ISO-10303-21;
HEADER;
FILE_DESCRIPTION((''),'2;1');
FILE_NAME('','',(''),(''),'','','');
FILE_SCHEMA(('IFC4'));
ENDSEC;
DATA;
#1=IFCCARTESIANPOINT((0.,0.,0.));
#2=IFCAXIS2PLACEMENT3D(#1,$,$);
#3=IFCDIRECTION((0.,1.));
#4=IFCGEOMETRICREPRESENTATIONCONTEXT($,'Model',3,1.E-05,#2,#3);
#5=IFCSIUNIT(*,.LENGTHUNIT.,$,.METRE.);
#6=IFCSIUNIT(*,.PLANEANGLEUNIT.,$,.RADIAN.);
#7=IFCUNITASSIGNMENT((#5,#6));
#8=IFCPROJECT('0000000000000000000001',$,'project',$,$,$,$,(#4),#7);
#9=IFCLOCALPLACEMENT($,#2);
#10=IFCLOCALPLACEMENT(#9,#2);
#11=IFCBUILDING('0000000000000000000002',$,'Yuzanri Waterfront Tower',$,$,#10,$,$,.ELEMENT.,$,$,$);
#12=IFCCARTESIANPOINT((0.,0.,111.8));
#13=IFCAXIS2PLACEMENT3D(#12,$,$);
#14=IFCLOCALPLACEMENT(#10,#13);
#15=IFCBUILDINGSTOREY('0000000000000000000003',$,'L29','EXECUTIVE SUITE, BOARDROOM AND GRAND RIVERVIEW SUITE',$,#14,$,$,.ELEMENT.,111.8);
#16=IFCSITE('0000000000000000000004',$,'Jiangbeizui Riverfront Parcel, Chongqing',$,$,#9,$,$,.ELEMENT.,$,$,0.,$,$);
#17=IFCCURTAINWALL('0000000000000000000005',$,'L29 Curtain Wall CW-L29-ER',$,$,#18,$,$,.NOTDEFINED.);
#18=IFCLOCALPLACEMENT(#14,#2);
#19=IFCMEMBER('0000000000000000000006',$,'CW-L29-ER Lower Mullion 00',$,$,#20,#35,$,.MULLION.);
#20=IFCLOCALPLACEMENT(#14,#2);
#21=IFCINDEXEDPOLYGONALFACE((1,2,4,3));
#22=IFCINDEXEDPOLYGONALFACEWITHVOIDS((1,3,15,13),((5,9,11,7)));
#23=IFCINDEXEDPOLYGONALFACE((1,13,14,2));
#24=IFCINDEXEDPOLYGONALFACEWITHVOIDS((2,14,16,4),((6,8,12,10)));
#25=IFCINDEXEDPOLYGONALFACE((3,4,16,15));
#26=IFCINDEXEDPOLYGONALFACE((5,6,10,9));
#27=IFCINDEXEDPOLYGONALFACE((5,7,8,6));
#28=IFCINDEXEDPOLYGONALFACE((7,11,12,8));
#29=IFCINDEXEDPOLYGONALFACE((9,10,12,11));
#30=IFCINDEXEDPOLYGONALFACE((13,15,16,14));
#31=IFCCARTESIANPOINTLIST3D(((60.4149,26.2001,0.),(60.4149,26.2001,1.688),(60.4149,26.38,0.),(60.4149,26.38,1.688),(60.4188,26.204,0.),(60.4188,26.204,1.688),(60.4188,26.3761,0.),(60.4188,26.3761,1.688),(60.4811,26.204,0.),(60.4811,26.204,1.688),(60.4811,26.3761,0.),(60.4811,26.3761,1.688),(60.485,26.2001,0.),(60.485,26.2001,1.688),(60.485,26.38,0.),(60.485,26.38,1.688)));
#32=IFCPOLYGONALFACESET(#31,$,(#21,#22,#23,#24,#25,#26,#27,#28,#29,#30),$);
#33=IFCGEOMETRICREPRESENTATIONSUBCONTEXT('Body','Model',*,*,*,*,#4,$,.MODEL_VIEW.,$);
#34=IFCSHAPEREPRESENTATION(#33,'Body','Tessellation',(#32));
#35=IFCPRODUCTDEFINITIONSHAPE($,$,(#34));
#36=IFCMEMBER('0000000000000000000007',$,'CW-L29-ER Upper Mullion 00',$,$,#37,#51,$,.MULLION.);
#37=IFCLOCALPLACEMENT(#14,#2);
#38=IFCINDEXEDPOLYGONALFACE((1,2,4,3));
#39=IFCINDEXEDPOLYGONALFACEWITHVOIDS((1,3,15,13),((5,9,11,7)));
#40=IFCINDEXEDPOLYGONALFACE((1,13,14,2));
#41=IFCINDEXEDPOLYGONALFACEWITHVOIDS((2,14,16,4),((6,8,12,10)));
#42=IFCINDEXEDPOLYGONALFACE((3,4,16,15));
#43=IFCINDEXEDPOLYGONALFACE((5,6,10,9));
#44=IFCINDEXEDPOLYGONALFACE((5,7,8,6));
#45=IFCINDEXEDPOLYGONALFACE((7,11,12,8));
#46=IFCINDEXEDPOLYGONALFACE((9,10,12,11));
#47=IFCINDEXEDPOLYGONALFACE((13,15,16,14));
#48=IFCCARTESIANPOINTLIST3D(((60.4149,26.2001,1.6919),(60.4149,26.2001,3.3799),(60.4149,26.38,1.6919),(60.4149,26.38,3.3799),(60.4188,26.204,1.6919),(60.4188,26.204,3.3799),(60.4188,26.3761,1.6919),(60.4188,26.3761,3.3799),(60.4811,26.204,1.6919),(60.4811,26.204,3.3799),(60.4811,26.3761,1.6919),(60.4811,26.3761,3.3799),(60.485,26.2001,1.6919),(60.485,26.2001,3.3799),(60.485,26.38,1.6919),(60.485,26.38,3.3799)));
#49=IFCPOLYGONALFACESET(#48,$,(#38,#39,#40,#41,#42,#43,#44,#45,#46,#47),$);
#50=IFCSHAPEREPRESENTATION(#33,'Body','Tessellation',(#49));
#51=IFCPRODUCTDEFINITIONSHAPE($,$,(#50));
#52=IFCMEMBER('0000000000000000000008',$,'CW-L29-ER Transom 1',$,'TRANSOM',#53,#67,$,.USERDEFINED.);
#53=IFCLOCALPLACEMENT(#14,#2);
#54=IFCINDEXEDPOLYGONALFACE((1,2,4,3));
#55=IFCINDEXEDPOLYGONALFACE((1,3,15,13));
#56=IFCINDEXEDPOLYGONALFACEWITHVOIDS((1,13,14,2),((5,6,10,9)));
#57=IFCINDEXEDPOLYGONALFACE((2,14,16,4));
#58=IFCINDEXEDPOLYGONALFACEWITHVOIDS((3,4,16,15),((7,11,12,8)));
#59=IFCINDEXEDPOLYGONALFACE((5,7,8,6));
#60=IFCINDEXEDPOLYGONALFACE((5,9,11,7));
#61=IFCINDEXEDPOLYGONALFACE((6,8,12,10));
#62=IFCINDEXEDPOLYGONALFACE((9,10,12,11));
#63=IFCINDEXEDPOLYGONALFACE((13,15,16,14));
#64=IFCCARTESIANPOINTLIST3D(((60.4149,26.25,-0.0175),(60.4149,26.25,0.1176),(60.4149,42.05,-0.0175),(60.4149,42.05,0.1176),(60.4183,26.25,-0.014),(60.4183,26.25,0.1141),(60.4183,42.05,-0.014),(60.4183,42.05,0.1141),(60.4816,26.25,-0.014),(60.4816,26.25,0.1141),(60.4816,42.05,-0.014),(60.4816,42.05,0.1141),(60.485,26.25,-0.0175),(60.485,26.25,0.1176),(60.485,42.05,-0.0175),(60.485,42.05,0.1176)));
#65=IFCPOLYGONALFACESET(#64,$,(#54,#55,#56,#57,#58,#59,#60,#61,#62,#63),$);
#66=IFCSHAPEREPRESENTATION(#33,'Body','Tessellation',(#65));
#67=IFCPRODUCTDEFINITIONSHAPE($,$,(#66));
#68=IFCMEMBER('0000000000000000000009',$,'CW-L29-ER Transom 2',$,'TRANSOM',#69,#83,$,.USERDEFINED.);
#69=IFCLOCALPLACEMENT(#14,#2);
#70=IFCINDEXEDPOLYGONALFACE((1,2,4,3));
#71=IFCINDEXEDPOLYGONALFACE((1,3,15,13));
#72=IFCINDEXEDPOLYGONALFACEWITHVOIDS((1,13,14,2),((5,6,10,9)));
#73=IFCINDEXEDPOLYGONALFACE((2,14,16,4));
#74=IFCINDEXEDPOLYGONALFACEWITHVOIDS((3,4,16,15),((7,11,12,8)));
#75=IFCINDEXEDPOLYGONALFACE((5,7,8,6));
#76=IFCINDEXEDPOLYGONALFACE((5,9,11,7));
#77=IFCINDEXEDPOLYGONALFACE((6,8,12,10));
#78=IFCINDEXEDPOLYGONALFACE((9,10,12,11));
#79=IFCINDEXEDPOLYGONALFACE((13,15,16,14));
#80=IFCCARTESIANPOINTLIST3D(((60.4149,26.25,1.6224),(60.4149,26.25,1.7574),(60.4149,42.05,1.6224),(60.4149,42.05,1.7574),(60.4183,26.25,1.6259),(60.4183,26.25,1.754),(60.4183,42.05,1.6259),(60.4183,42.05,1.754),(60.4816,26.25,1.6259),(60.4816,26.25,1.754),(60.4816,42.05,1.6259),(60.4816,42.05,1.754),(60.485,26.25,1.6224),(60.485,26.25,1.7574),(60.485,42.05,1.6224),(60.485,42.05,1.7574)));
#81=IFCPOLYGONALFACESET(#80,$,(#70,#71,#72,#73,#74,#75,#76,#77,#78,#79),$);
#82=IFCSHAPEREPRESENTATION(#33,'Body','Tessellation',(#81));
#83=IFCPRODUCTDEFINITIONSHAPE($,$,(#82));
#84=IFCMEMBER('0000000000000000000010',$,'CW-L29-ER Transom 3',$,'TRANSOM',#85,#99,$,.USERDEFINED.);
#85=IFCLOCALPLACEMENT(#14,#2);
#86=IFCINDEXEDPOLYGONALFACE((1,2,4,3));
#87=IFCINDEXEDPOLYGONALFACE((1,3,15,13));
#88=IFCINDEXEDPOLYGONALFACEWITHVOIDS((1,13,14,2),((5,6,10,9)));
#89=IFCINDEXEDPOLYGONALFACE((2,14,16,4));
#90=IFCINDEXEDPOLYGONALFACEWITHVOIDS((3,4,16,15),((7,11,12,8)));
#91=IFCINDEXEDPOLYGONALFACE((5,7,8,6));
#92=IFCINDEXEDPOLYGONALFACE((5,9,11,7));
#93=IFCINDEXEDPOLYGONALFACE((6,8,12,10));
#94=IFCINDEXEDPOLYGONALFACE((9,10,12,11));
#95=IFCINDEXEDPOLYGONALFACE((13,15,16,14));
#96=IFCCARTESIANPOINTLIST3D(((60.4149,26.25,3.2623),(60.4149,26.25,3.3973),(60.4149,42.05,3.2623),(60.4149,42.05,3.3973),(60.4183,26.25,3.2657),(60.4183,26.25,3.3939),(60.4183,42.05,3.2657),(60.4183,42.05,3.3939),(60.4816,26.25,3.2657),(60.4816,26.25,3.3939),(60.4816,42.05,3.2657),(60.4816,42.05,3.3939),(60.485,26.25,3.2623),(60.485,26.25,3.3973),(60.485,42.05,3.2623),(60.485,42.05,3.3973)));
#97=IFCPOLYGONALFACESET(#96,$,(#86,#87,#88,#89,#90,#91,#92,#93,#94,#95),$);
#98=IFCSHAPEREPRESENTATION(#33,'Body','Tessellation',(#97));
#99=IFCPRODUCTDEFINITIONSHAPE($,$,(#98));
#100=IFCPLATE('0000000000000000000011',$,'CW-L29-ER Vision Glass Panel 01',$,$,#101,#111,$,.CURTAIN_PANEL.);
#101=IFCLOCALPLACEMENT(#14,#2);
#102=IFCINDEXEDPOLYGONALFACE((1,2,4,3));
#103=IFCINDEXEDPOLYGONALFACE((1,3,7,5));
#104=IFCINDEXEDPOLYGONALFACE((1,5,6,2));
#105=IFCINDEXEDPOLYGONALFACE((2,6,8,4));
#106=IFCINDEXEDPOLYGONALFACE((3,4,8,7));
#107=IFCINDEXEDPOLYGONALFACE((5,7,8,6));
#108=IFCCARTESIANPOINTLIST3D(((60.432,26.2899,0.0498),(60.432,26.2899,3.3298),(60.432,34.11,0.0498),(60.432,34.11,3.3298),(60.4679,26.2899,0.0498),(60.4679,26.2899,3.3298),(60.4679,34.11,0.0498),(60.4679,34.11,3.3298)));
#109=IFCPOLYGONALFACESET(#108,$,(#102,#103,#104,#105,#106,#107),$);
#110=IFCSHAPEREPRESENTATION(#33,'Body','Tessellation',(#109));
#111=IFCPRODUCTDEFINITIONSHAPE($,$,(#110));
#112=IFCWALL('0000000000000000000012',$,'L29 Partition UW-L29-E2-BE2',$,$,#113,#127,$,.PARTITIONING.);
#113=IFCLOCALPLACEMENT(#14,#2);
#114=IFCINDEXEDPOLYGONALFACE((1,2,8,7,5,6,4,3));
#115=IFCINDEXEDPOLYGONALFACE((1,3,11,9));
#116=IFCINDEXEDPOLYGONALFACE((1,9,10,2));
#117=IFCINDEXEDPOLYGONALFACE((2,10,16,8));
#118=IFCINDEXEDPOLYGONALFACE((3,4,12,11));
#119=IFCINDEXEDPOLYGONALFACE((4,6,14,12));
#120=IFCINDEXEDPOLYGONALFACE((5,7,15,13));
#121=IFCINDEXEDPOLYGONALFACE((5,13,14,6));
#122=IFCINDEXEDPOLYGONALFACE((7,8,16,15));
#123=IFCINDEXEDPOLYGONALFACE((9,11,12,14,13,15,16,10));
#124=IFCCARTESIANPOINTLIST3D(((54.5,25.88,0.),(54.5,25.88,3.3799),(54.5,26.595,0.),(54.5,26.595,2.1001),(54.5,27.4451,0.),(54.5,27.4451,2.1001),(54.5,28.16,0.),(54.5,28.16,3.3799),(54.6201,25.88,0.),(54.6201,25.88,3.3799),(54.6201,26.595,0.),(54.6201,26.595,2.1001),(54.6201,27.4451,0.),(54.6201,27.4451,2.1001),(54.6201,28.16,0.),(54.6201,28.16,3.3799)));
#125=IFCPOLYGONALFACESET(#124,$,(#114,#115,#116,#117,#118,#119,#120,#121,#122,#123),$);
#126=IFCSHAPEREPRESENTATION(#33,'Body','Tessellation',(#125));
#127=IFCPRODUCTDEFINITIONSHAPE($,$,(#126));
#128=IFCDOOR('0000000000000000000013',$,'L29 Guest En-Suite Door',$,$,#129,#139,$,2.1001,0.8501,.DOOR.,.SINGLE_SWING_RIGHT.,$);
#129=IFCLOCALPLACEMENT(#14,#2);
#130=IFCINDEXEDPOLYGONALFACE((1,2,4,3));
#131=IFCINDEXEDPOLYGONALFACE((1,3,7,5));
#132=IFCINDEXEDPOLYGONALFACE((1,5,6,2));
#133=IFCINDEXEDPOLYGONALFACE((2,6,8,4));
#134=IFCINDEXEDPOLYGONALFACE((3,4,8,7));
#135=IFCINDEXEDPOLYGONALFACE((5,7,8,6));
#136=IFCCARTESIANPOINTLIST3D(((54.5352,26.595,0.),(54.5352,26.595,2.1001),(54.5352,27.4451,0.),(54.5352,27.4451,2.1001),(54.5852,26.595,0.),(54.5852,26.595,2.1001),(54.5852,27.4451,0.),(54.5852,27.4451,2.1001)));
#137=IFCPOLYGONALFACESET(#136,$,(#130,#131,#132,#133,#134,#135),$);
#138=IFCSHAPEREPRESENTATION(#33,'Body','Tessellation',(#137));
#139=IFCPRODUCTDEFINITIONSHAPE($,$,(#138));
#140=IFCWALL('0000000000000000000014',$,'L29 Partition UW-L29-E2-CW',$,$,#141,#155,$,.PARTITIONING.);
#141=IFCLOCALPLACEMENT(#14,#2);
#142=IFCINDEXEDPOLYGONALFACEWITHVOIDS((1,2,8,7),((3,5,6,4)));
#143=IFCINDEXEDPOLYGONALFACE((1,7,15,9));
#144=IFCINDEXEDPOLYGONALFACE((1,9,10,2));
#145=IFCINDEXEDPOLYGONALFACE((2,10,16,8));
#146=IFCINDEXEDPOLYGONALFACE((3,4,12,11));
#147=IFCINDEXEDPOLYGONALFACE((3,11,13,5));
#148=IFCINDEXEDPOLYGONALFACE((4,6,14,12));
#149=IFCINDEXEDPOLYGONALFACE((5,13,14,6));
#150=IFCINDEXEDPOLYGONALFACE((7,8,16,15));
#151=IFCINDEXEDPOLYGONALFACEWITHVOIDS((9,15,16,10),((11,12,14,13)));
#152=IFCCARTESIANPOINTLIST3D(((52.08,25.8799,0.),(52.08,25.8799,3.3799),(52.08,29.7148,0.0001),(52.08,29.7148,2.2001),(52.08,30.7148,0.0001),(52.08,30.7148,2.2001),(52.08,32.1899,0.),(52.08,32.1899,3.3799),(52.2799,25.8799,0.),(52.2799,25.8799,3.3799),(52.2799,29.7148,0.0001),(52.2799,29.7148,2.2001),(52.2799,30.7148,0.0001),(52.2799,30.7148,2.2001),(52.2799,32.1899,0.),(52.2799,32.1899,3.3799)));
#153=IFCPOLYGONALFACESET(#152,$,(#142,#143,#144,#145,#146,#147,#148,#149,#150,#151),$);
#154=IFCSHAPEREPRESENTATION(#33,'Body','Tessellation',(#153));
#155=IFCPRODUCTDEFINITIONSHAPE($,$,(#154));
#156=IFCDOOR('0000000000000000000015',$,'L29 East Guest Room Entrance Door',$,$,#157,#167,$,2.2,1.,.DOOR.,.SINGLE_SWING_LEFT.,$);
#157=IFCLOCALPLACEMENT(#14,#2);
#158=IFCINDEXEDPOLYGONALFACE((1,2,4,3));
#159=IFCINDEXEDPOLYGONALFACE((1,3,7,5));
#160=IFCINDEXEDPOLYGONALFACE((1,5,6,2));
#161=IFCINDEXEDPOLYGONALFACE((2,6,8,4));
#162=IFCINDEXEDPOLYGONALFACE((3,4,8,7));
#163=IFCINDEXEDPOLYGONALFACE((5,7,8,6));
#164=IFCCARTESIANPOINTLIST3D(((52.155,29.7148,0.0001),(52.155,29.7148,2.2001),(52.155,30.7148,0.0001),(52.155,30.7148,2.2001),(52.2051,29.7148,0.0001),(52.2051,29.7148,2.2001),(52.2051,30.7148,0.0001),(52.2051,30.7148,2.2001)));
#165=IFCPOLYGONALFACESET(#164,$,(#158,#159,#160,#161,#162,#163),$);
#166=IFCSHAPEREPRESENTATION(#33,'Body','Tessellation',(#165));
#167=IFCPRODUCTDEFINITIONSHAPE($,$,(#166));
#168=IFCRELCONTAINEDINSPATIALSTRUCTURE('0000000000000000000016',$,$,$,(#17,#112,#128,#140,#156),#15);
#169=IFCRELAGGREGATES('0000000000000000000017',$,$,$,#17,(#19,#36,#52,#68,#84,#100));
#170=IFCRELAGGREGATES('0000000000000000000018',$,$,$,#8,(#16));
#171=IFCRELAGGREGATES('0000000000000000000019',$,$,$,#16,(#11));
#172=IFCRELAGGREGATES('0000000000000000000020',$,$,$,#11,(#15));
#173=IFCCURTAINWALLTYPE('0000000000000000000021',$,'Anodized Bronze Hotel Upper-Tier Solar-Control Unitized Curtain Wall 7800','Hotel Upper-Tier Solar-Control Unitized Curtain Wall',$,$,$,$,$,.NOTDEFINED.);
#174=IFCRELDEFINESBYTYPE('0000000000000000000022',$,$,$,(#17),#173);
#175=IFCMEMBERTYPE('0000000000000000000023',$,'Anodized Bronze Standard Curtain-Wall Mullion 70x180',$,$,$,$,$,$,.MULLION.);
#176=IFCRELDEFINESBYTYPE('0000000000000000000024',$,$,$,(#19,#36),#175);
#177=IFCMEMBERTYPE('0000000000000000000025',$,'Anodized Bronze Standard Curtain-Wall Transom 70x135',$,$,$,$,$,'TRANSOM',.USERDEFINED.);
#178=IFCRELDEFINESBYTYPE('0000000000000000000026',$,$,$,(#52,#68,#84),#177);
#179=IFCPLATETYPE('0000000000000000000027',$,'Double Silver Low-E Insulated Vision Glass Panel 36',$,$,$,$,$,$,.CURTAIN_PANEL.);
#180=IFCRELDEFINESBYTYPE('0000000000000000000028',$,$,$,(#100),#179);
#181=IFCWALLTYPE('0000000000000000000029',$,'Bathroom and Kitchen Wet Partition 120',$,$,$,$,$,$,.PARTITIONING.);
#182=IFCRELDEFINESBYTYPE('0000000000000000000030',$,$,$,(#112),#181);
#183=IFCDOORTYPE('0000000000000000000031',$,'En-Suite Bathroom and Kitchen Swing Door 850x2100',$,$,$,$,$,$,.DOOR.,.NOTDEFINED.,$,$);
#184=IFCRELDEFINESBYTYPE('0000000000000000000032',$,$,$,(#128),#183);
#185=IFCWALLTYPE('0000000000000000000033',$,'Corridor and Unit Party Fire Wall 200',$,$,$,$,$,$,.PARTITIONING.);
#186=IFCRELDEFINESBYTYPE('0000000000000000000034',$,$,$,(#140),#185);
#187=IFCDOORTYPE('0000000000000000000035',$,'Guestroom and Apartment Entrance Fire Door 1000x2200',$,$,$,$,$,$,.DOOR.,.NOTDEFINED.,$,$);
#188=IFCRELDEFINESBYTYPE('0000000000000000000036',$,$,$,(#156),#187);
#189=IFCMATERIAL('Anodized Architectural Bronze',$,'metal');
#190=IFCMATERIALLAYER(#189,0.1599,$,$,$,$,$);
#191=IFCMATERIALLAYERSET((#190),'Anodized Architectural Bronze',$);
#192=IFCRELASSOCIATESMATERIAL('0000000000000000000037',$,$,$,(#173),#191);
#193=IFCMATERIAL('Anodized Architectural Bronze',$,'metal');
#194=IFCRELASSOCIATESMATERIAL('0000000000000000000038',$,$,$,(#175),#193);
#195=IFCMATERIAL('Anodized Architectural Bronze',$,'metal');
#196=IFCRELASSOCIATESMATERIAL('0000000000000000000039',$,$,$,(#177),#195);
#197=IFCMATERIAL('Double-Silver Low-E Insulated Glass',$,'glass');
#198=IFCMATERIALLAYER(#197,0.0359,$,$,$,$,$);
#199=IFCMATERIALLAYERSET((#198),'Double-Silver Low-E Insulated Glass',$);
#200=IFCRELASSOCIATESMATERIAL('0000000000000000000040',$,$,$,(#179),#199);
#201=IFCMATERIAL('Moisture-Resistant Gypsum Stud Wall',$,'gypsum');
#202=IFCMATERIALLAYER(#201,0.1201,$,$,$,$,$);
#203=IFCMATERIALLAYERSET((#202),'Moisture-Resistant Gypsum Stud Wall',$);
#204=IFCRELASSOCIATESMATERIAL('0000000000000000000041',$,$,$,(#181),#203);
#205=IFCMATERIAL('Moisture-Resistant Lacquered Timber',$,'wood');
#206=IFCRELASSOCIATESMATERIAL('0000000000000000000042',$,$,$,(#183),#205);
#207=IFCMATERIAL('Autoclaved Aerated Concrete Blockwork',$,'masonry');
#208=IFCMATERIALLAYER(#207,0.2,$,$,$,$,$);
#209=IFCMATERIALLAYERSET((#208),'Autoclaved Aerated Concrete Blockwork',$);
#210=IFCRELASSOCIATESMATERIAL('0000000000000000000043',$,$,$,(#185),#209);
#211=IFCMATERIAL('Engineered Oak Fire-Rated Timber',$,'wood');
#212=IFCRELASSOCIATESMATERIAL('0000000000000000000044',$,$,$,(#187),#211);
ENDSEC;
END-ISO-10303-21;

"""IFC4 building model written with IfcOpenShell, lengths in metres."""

from ifc_helpers import new_model, si_unit, direction, frame, frame_2d, origin, origin_2d, place, context, subcontext, project, spatial, rectangle, hollow_rectangle, extrude, source, transform, mapped, material, layer, layer_set, material_profile, profile_set, type_object, element, fill, aggregate, save


model = new_model("IFC4")

# Units and contexts
model_context = context("Model", 3, precision=1e-05, world=origin(), true_north=direction((0.0, 1.0)))
body_context = subcontext(model_context, "Body", "Model", "MODEL_VIEW")
ifc_project = project(units=[si_unit("LENGTHUNIT", "METRE"), si_unit("PLANEANGLEUNIT", "RADIAN")], contexts=[model_context])

# Site, building, storey
site_placement = place(None, origin())
site = spatial("IfcSite", under=ifc_project, at=site_placement, Name="Jiangbeizui Riverfront Parcel, Chongqing", CompositionType="ELEMENT", RefElevation=0.0)
building_placement = place(site_placement, origin())
building = spatial("IfcBuilding", under=site, at=building_placement, Name="Yuzanri Waterfront Tower", CompositionType="ELEMENT")
storey_placement = place(building_placement, frame((0.0, 0.0, 111.8)))
storey = spatial("IfcBuildingStorey", under=building, at=storey_placement, Name="L29", Description="EXECUTIVE SUITE, BOARDROOM AND GRAND RIVERVIEW SUITE", CompositionType="ELEMENT", Elevation=111.8)

# Curtain wall, members, plate
ifc_material_1 = material(Name="Anodized Architectural Bronze", Category="metal")
ifc_layer_1 = layer(ifc_material_1, 0.1599)
ifc_layer_set_1 = layer_set([ifc_layer_1], Name="Anodized Architectural Bronze")
curtain_wall_type = type_object("IfcCurtainWallType", Name="Anodized Bronze Hotel Upper-Tier Solar-Control Unitized Curtain Wall 7800", Description="Hotel Upper-Tier Solar-Control Unitized Curtain Wall", PredefinedType="NOTDEFINED", material=ifc_layer_set_1)
curtain_wall_placement = place(storey_placement, origin())
curtain_wall = element("IfcCurtainWall", 1, at=curtain_wall_placement, inside=storey, type_object=curtain_wall_type, Name="L29 Curtain Wall CW-L29-ER", PredefinedType="NOTDEFINED")
ifc_material_2 = material(Name="Anodized Architectural Bronze", Category="metal")
ifc_material_profile_1 = material_profile(ifc_material_2, hollow_rectangle(XDim=0.0701, YDim=0.1799, WallThickness=0.0039, at=origin_2d()), Name="CWM 70x180")
ifc_profile_set_1 = profile_set([ifc_material_profile_1], Name="Anodized Architectural Bronze")
member_type_1 = type_object("IfcMemberType", Name="Anodized Bronze Standard Curtain-Wall Mullion 70x180", PredefinedType="MULLION", material=ifc_profile_set_1)
shared_shape_1 = source(origin(), body_context, "Body", "SweptSolid", [
    extrude(hollow_rectangle(XDim=0.0701, YDim=0.1799, WallThickness=0.0039, at=origin_2d()), origin(), (0.0, 0.0, 1.0), 1.688),
])
member_1_placement = place(storey_placement, frame((60.45, 26.29, 0.0), z_axis=(0.0, 0.0, 1.0), x_axis=(1.0, 0.0, 0.0)))
member_1 = element("IfcMember", 2, at=member_1_placement, type_object=member_type_1, Name="CW-L29-ER Lower Mullion 00", PredefinedType="MULLION", context=body_context, shape_type="MappedRepresentation", body=[
    mapped(shared_shape_1, transform((0.0, 0.0, 0.0), scale=1.0)),
])
member_2_placement = place(storey_placement, frame((60.45, 26.29, 1.6919), z_axis=(0.0, 0.0, 1.0), x_axis=(1.0, 0.0, 0.0)))
member_2 = element("IfcMember", 3, at=member_2_placement, type_object=member_type_1, Name="CW-L29-ER Upper Mullion 00", PredefinedType="MULLION", context=body_context, shape_type="MappedRepresentation", body=[
    mapped(shared_shape_1, transform((0.0, 0.0, 0.0), scale=1.0)),
])
ifc_material_3 = material(Name="Anodized Architectural Bronze", Category="metal")
ifc_material_profile_2 = material_profile(ifc_material_3, hollow_rectangle(XDim=0.0701, YDim=0.135, WallThickness=0.0034, at=origin_2d()), Name="CWT 70x135")
ifc_profile_set_2 = profile_set([ifc_material_profile_2], Name="Anodized Architectural Bronze")
member_type_2 = type_object("IfcMemberType", Name="Anodized Bronze Standard Curtain-Wall Transom 70x135", ElementType="TRANSOM", PredefinedType="USERDEFINED", material=ifc_profile_set_2)
shared_shape_2 = source(origin(), body_context, "Body", "SweptSolid", [
    extrude(hollow_rectangle(XDim=0.0701, YDim=0.135, WallThickness=0.0034, at=origin_2d()), origin(), (0.0, 0.0, 1.0), 15.8),
])
member_3_placement = place(storey_placement, frame((60.45, 26.25, 0.05), z_axis=(0.0, 1.0, 0.0), x_axis=(-1.0, 0.0, 0.0)))
member_3 = element("IfcMember", 4, at=member_3_placement, type_object=member_type_2, Name="CW-L29-ER Transom 1", ObjectType="TRANSOM", PredefinedType="USERDEFINED", context=body_context, shape_type="MappedRepresentation", body=[
    mapped(shared_shape_2, transform((0.0, 0.0, 0.0), scale=1.0)),
])
member_4_placement = place(storey_placement, frame((60.45, 26.25, 1.6899), z_axis=(0.0, 1.0, 0.0), x_axis=(-1.0, 0.0, 0.0)))
member_4 = element("IfcMember", 5, at=member_4_placement, type_object=member_type_2, Name="CW-L29-ER Transom 2", ObjectType="TRANSOM", PredefinedType="USERDEFINED", context=body_context, shape_type="MappedRepresentation", body=[
    mapped(shared_shape_2, transform((0.0, 0.0, 0.0), scale=1.0)),
])
member_5_placement = place(storey_placement, frame((60.45, 26.25, 3.3298), z_axis=(0.0, 1.0, 0.0), x_axis=(-1.0, 0.0, 0.0)))
member_5 = element("IfcMember", 6, at=member_5_placement, type_object=member_type_2, Name="CW-L29-ER Transom 3", ObjectType="TRANSOM", PredefinedType="USERDEFINED", context=body_context, shape_type="MappedRepresentation", body=[
    mapped(shared_shape_2, transform((0.0, 0.0, 0.0), scale=1.0)),
])
ifc_material_4 = material(Name="Double-Silver Low-E Insulated Glass", Category="glass")
ifc_layer_2 = layer(ifc_material_4, 0.0359)
ifc_layer_set_2 = layer_set([ifc_layer_2], Name="Double-Silver Low-E Insulated Glass")
plate_type = type_object("IfcPlateType", Name="Double Silver Low-E Insulated Vision Glass Panel 36", PredefinedType="CURTAIN_PANEL", material=ifc_layer_set_2)
shared_shape_3 = source(origin(), body_context, "Body", "SweptSolid", [
    extrude(rectangle(XDim=7.8201, YDim=0.0359, at=origin_2d()), origin(), (0.0, 0.0, 1.0), 3.28),
])
plate_placement = place(storey_placement, frame((60.45, 30.2, 0.0498), z_axis=(0.0, 0.0, 1.0), x_axis=(0.0, 1.0, 0.0)))
plate = element("IfcPlate", 7, at=plate_placement, type_object=plate_type, Name="CW-L29-ER Vision Glass Panel 01", PredefinedType="CURTAIN_PANEL", context=body_context, shape_type="MappedRepresentation", body=[
    mapped(shared_shape_3, transform((0.0, 0.0, 0.0), scale=1.0)),
])
aggregate(curtain_wall, [member_1, member_2, member_3, member_4, member_5, plate])

# Walls, openings, doors
ifc_material_5 = material(Name="Moisture-Resistant Gypsum Stud Wall", Category="gypsum")
ifc_layer_3 = layer(ifc_material_5, 0.1201)
ifc_layer_set_3 = layer_set([ifc_layer_3], Name="Moisture-Resistant Gypsum Stud Wall")
wall_type_1 = type_object("IfcWallType", Name="Bathroom and Kitchen Wet Partition 120", PredefinedType="PARTITIONING", material=ifc_layer_set_3)
wall_1_placement = place(storey_placement, frame((54.5601, 25.8799, 0.0), z_axis=(0.0, 0.0, 1.0), x_axis=(0.0, 1.0, 0.0)))
wall_1 = element("IfcWall", 8, at=wall_1_placement, inside=storey, type_object=wall_type_1, Name="L29 Partition UW-L29-E2-BE2", PredefinedType="PARTITIONING", context=body_context, shape_type="SweptSolid", body=[
    extrude(rectangle(XDim=2.28, YDim=0.1201, at=frame_2d((1.1401, 0.0))), origin(), (0.0, 0.0, 1.0), 3.3799),
])
opening_1_placement = place(wall_1_placement, frame((0.7151, 0.0, 0.0)))
opening_1 = element("IfcOpeningElement", 9, at=opening_1_placement, cuts=wall_1, PredefinedType="OPENING", context=body_context, shape_type="SweptSolid", body=[
    extrude(rectangle(XDim=0.8501, YDim=2.1001, at=frame_2d((0.425, 1.05))), frame((0.0, 0.075, 0.0), z_axis=(0.0, -1.0, 0.0), x_axis=(1.0, 0.0, 0.0)), (0.0, 0.0, 1.0), 0.1499),
])
ifc_material_6 = material(Name="Moisture-Resistant Lacquered Timber", Category="wood")
door_type_1 = type_object("IfcDoorType", Name="En-Suite Bathroom and Kitchen Swing Door 850x2100", OperationType="NOTDEFINED", PredefinedType="DOOR", material=ifc_material_6)
shared_shape_4 = source(origin(), body_context, "Body", "SweptSolid", [
    extrude(rectangle(XDim=0.8501, YDim=2.1001, at=frame_2d((0.425, 1.05))), frame((0.0, 0.0249, 0.0), z_axis=(0.0, -1.0, 0.0), x_axis=(1.0, 0.0, 0.0)), (0.0, 0.0, 1.0), 0.05),
])
door_1_placement = place(opening_1_placement, origin())
door_1 = element("IfcDoor", 10, at=door_1_placement, inside=storey, type_object=door_type_1, Name="L29 Guest En-Suite Door", OperationType="SINGLE_SWING_RIGHT", OverallHeight=2.1001, OverallWidth=0.8501, PredefinedType="DOOR", context=body_context, shape_type="MappedRepresentation", body=[
    mapped(shared_shape_4, transform((0.0, 0.0, 0.0), scale=1.0)),
])
fill(opening_1, door_1)
ifc_material_7 = material(Name="Autoclaved Aerated Concrete Blockwork", Category="masonry")
ifc_layer_4 = layer(ifc_material_7, 0.2)
ifc_layer_set_4 = layer_set([ifc_layer_4], Name="Autoclaved Aerated Concrete Blockwork")
wall_type_2 = type_object("IfcWallType", Name="Corridor and Unit Party Fire Wall 200", PredefinedType="PARTITIONING", material=ifc_layer_set_4)
wall_2_placement = place(storey_placement, frame((52.1799, 25.8799, 0.0), z_axis=(0.0, 0.0, 1.0), x_axis=(0.0, 1.0, 0.0)))
wall_2 = element("IfcWall", 11, at=wall_2_placement, inside=storey, type_object=wall_type_2, Name="L29 Partition UW-L29-E2-CW", PredefinedType="PARTITIONING", context=body_context, shape_type="SweptSolid", body=[
    extrude(rectangle(XDim=6.3101, YDim=0.2, at=frame_2d((3.155, 0.0))), origin(), (0.0, 0.0, 1.0), 3.3799),
])
opening_2_placement = place(wall_2_placement, frame((3.835, 0.0, 0.0)))
opening_2 = element("IfcOpeningElement", 12, at=opening_2_placement, cuts=wall_2, PredefinedType="OPENING", context=body_context, shape_type="SweptSolid", body=[
    extrude(rectangle(XDim=1.0, YDim=2.2, at=frame_2d((0.5, 1.1001))), frame((0.0, 0.1147, 0.0), z_axis=(0.0, -1.0, 0.0), x_axis=(1.0, 0.0, 0.0)), (0.0, 0.0, 1.0), 0.2297),
])
ifc_material_8 = material(Name="Engineered Oak Fire-Rated Timber", Category="wood")
door_type_2 = type_object("IfcDoorType", Name="Guestroom and Apartment Entrance Fire Door 1000x2200", OperationType="NOTDEFINED", PredefinedType="DOOR", material=ifc_material_8)
shared_shape_5 = source(origin(), body_context, "Body", "SweptSolid", [
    extrude(rectangle(XDim=1.0, YDim=2.2, at=frame_2d((0.5, 1.1001))), frame((0.0, 0.0249, 0.0), z_axis=(0.0, -1.0, 0.0), x_axis=(1.0, 0.0, 0.0)), (0.0, 0.0, 1.0), 0.05),
])
door_2_placement = place(opening_2_placement, origin())
door_2 = element("IfcDoor", 13, at=door_2_placement, inside=storey, type_object=door_type_2, Name="L29 East Guest Room Entrance Door", OperationType="SINGLE_SWING_LEFT", OverallHeight=2.2, OverallWidth=1.0, PredefinedType="DOOR", context=body_context, shape_type="MappedRepresentation", body=[
    mapped(shared_shape_5, transform((0.0, 0.0, 0.0), scale=1.0)),
])
fill(opening_2, door_2)

save(model, "model.ifc")
